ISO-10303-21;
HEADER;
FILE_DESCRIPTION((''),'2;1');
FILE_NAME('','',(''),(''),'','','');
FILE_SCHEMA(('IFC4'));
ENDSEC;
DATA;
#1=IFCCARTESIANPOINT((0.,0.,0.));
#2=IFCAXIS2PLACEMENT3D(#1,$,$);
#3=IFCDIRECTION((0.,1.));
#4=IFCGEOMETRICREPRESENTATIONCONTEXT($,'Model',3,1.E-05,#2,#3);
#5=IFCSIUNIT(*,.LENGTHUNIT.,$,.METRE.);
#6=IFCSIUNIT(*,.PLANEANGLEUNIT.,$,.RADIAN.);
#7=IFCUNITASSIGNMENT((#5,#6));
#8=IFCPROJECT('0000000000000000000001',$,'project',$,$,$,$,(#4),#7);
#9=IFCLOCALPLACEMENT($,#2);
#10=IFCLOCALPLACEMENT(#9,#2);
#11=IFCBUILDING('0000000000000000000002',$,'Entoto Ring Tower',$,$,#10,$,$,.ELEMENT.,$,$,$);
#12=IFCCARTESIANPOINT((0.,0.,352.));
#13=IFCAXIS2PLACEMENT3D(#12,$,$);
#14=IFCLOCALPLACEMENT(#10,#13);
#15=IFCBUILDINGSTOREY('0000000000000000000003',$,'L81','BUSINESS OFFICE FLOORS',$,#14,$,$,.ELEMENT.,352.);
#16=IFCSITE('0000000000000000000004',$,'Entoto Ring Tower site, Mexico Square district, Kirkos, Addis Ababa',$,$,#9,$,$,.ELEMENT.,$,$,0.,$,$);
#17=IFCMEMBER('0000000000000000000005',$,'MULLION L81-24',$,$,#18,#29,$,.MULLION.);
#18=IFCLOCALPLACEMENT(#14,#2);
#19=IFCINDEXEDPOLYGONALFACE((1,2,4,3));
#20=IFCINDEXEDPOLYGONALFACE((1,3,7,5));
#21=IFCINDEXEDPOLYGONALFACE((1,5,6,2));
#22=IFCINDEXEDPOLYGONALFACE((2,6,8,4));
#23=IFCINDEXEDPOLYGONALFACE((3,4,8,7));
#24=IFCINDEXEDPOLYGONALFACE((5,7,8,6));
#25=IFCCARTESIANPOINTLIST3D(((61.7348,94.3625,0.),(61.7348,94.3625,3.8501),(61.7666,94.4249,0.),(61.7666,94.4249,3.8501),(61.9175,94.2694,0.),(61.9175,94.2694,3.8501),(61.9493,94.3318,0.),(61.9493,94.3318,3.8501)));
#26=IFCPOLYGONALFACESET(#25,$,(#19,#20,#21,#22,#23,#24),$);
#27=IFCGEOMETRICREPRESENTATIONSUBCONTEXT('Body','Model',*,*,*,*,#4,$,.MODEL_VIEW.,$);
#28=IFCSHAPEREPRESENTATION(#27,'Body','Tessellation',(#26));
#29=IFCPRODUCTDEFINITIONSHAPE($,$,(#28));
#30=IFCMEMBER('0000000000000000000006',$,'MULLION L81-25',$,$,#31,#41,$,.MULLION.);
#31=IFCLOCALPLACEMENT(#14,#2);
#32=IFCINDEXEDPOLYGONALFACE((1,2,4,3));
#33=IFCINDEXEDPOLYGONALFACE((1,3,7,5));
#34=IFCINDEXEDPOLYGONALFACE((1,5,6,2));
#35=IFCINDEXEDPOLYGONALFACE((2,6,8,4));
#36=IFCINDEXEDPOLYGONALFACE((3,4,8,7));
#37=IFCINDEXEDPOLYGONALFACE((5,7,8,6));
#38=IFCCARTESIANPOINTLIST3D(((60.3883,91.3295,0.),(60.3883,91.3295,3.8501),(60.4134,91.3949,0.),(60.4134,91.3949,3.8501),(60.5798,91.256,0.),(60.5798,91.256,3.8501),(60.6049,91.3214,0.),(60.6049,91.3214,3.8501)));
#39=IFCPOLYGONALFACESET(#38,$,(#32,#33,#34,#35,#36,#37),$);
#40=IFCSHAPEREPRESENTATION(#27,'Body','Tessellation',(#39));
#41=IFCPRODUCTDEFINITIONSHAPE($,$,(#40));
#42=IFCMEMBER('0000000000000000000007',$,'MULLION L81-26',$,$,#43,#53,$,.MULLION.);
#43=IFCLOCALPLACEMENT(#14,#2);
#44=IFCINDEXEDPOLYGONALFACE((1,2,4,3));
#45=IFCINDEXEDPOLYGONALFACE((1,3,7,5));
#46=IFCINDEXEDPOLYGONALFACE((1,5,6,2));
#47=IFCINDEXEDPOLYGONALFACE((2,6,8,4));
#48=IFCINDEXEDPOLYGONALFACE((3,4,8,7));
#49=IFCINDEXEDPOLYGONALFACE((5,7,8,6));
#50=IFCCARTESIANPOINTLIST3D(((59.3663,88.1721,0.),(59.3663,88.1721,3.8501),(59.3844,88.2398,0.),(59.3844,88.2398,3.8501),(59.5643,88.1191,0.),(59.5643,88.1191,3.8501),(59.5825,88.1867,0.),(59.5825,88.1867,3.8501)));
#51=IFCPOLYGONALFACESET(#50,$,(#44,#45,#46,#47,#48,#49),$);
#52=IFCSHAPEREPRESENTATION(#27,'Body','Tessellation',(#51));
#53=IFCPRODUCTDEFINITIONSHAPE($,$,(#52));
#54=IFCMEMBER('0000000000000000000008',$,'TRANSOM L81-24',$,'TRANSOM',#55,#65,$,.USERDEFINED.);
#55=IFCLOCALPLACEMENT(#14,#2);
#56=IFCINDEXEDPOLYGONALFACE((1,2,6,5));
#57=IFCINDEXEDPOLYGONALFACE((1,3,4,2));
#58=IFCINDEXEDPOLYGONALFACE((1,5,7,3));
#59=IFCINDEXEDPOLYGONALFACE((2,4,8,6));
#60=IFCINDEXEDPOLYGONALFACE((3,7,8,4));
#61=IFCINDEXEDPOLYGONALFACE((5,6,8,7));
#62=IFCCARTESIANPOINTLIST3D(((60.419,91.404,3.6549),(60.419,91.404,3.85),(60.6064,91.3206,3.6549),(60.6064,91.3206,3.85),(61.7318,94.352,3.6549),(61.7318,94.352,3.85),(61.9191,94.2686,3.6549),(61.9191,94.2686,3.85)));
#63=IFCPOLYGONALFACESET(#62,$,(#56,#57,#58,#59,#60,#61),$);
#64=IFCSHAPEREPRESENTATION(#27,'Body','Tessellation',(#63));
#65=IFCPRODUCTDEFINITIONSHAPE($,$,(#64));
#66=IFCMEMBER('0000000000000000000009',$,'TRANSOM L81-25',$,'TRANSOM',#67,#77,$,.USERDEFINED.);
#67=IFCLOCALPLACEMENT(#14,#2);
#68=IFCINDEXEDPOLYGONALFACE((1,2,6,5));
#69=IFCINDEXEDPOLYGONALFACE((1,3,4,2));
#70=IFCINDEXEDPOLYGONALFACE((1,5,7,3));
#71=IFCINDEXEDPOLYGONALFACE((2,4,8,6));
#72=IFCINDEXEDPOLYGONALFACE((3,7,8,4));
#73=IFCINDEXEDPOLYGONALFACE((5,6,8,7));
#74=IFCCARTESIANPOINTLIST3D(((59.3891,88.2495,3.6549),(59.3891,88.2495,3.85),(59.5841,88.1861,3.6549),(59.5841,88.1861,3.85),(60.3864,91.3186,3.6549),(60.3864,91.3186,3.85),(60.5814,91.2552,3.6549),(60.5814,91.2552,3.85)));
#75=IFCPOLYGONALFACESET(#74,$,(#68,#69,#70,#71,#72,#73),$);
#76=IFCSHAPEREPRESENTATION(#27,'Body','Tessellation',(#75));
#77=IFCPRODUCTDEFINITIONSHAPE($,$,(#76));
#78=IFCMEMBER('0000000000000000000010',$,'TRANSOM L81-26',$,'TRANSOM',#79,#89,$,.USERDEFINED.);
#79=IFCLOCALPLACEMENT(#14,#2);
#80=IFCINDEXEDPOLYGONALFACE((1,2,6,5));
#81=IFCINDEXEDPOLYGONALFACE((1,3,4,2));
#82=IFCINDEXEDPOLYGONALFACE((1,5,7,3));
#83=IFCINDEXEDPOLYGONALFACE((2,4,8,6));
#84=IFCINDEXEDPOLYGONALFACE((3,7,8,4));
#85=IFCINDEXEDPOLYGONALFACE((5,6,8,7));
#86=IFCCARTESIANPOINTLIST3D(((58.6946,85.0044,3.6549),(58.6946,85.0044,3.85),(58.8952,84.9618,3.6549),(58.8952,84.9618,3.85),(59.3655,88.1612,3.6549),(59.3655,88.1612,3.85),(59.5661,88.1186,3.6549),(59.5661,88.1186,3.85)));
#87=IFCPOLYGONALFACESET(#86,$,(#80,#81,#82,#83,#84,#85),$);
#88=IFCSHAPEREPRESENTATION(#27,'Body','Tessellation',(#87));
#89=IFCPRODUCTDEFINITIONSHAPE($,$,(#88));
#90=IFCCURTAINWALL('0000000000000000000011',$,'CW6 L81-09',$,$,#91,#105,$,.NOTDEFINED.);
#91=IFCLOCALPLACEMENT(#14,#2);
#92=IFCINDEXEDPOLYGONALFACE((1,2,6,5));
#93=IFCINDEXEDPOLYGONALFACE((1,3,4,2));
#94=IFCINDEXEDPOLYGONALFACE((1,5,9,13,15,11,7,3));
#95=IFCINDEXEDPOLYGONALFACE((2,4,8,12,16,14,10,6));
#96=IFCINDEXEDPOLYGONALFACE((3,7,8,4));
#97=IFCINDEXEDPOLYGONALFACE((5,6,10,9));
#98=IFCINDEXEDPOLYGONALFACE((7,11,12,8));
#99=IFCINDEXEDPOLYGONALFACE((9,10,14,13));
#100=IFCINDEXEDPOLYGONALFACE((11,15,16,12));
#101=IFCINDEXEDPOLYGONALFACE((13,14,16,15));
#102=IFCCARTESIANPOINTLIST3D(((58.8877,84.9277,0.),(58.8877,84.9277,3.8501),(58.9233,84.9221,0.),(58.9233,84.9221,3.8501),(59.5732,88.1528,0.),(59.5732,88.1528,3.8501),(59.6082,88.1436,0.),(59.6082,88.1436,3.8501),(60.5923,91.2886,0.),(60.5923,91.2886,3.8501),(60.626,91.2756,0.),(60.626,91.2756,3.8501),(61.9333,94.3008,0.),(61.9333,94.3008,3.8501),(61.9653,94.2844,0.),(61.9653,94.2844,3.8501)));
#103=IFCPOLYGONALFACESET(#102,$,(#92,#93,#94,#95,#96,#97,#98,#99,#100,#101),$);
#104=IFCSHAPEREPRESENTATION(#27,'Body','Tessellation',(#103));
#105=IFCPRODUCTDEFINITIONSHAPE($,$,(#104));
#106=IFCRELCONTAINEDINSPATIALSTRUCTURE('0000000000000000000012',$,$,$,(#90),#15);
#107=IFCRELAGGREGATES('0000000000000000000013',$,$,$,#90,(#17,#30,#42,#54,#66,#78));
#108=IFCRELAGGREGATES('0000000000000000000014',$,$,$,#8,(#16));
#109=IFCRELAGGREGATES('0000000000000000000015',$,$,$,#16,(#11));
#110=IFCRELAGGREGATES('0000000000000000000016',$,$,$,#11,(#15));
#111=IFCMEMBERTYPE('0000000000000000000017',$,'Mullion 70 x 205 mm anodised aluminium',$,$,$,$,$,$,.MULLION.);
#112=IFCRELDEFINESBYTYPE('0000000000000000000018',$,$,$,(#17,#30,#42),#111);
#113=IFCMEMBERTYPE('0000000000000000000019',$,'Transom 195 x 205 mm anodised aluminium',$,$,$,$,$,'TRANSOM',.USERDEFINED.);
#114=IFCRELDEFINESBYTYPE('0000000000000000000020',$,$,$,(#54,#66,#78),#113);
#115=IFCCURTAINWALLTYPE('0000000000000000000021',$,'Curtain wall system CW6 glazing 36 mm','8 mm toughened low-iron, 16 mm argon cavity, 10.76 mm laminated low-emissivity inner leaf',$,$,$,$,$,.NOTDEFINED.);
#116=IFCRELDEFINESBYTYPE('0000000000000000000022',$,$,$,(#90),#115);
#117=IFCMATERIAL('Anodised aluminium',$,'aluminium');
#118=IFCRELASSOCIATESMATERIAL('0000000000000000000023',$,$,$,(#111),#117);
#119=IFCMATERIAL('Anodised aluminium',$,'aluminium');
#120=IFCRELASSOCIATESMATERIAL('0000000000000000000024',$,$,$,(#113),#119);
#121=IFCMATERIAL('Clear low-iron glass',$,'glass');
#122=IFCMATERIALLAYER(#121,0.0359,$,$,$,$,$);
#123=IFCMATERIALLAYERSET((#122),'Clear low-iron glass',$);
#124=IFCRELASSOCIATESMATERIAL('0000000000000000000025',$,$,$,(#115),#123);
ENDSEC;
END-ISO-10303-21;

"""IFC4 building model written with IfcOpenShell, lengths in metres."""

from ifc_helpers import new_model, si_unit, direction, frame, origin, origin_2d, place, context, subcontext, project, spatial, polyline, rectangle, outline, extrude, material, layer, layer_set, material_profile, profile_set, type_object, element, aggregate, save


model = new_model("IFC4")

# Units and contexts
model_context = context("Model", 3, precision=1e-05, world=origin(), true_north=direction((0.0, 1.0)))
body_context = subcontext(model_context, "Body", "Model", "MODEL_VIEW")
ifc_project = project(units=[si_unit("LENGTHUNIT", "METRE"), si_unit("PLANEANGLEUNIT", "RADIAN")], contexts=[model_context])

# Members
ifc_material_1 = material(Name="Anodised aluminium", Category="aluminium")
ifc_material_profile_1 = material_profile(ifc_material_1, rectangle(XDim=0.0701, YDim=0.2051, at=origin_2d()), Name="Mullion 70 x 205 mm anodised aluminium")
ifc_profile_set_1 = profile_set([ifc_material_profile_1], Name="Anodised aluminium")
member_type_1 = type_object("IfcMemberType", Name="Mullion 70 x 205 mm anodised aluminium", PredefinedType="MULLION", material=ifc_profile_set_1)
site_placement = place(None, origin())
building_placement = place(site_placement, origin())
storey_placement = place(building_placement, frame((0.0, 0.0, 352.0)))
member_1_placement = place(storey_placement, frame((61.842, 94.3472, 0.0), z_axis=(0.0, 0.0, 1.0), x_axis=(-0.45399, -0.891007, 0.0)))
member_1 = element("IfcMember", 1, at=member_1_placement, type_object=member_type_1, Name="MULLION L81-24", PredefinedType="MULLION", context=body_context, shape_type="SweptSolid", body=[
    extrude(rectangle(XDim=0.0701, YDim=0.2051, at=origin_2d()), origin(), (0.0, 0.0, 1.0), 3.8501),
])
member_2_placement = place(storey_placement, frame((60.4966, 91.3254, 0.0), z_axis=(0.0, 0.0, 1.0), x_axis=(-0.358368, -0.93358, 0.0)))
member_2 = element("IfcMember", 2, at=member_2_placement, type_object=member_type_1, Name="MULLION L81-25", PredefinedType="MULLION", context=body_context, shape_type="SweptSolid", body=[
    extrude(rectangle(XDim=0.0701, YDim=0.2051, at=origin_2d()), origin(), (0.0, 0.0, 1.0), 3.8501),
])
member_3_placement = place(storey_placement, frame((59.4744, 88.1794, 0.0), z_axis=(0.0, 0.0, 1.0), x_axis=(-0.258819, -0.965926, 0.0)))
member_3 = element("IfcMember", 3, at=member_3_placement, type_object=member_type_1, Name="MULLION L81-26", PredefinedType="MULLION", context=body_context, shape_type="SweptSolid", body=[
    extrude(rectangle(XDim=0.0701, YDim=0.2051, at=origin_2d()), origin(), (0.0, 0.0, 1.0), 3.8501),
])
ifc_material_2 = material(Name="Anodised aluminium", Category="aluminium")
ifc_material_profile_2 = material_profile(ifc_material_2, rectangle(XDim=0.2051, YDim=0.1951, at=origin_2d()), Name="Transom 195 x 205 mm anodised aluminium")
ifc_profile_set_2 = profile_set([ifc_material_profile_2], Name="Anodised aluminium")
member_type_2 = type_object("IfcMemberType", Name="Transom 195 x 205 mm anodised aluminium", ElementType="TRANSOM", PredefinedType="USERDEFINED", material=ifc_profile_set_2)
member_4_placement = place(storey_placement, frame((61.8254, 94.3103, 3.7524), z_axis=(-0.406791, -0.913521, 0.0), x_axis=(0.913521, -0.406791, 0.0)))
member_4 = element("IfcMember", 4, at=member_4_placement, type_object=member_type_2, Name="TRANSOM L81-24", ObjectType="TRANSOM", PredefinedType="USERDEFINED", context=body_context, shape_type="SweptSolid", body=[
    extrude(rectangle(XDim=0.2051, YDim=0.1951, at=origin_2d()), origin(), (0.0, 0.0, 1.0), 3.2271),
])
member_5_placement = place(storey_placement, frame((60.4839, 91.2869, 3.7524), z_axis=(-0.309047, -0.951047, 0.0), x_axis=(0.951047, -0.309047, 0.0)))
member_5 = element("IfcMember", 5, at=member_5_placement, type_object=member_type_2, Name="TRANSOM L81-25", ObjectType="TRANSOM", PredefinedType="USERDEFINED", context=body_context, shape_type="SweptSolid", body=[
    extrude(rectangle(XDim=0.2051, YDim=0.1951, at=origin_2d()), origin(), (0.0, 0.0, 1.0), 3.2271),
])
member_6_placement = place(storey_placement, frame((59.4658, 88.1399, 3.7524), z_axis=(-0.207886, -0.978153, 0.0), x_axis=(0.978153, -0.207886, 0.0)))
member_6 = element("IfcMember", 6, at=member_6_placement, type_object=member_type_2, Name="TRANSOM L81-26", ObjectType="TRANSOM", PredefinedType="USERDEFINED", context=body_context, shape_type="SweptSolid", body=[
    extrude(rectangle(XDim=0.2051, YDim=0.1951, at=origin_2d()), origin(), (0.0, 0.0, 1.0), 3.2273),
])

# Site, building, storey
site = spatial("IfcSite", under=ifc_project, at=site_placement, Name="Entoto Ring Tower site, Mexico Square district, Kirkos, Addis Ababa", CompositionType="ELEMENT", RefElevation=0.0)
building = spatial("IfcBuilding", under=site, at=building_placement, Name="Entoto Ring Tower", CompositionType="ELEMENT")
storey = spatial("IfcBuildingStorey", under=building, at=storey_placement, Name="L81", Description="BUSINESS OFFICE FLOORS", CompositionType="ELEMENT", Elevation=352.0)

# Curtain wall
ifc_material_3 = material(Name="Clear low-iron glass", Category="glass")
ifc_layer = layer(ifc_material_3, 0.0359)
ifc_layer_set = layer_set([ifc_layer], Name="Clear low-iron glass")
curtain_wall_type = type_object("IfcCurtainWallType", Name="Curtain wall system CW6 glazing 36 mm", Description="8 mm toughened low-iron, 16 mm argon cavity, 10.76 mm laminated low-emissivity inner leaf", PredefinedType="NOTDEFINED", material=ifc_layer_set)
curtain_wall_1_placement = place(storey_placement, origin())
curtain_wall_1 = element("IfcCurtainWall", 7, at=curtain_wall_1_placement, inside=storey, type_object=curtain_wall_type, Name="CW6 L81-09", PredefinedType="NOTDEFINED", context=body_context, shape_type="SweptSolid", body=[
    extrude(outline(polyline([(61.9333, 94.3008), (60.5923, 91.2886), (59.5732, 88.1528), (58.8877, 84.9277), (58.9233, 84.9221), (59.6082, 88.1436), (60.626, 91.2756), (61.9653, 94.2844), (61.9333, 94.3008)])), origin(), (0.0, 0.0, 1.0), 3.8501),
])
aggregate(curtain_wall_1, [member_1, member_2, member_3, member_4, member_5, member_6])

save(model, "model.ifc")
